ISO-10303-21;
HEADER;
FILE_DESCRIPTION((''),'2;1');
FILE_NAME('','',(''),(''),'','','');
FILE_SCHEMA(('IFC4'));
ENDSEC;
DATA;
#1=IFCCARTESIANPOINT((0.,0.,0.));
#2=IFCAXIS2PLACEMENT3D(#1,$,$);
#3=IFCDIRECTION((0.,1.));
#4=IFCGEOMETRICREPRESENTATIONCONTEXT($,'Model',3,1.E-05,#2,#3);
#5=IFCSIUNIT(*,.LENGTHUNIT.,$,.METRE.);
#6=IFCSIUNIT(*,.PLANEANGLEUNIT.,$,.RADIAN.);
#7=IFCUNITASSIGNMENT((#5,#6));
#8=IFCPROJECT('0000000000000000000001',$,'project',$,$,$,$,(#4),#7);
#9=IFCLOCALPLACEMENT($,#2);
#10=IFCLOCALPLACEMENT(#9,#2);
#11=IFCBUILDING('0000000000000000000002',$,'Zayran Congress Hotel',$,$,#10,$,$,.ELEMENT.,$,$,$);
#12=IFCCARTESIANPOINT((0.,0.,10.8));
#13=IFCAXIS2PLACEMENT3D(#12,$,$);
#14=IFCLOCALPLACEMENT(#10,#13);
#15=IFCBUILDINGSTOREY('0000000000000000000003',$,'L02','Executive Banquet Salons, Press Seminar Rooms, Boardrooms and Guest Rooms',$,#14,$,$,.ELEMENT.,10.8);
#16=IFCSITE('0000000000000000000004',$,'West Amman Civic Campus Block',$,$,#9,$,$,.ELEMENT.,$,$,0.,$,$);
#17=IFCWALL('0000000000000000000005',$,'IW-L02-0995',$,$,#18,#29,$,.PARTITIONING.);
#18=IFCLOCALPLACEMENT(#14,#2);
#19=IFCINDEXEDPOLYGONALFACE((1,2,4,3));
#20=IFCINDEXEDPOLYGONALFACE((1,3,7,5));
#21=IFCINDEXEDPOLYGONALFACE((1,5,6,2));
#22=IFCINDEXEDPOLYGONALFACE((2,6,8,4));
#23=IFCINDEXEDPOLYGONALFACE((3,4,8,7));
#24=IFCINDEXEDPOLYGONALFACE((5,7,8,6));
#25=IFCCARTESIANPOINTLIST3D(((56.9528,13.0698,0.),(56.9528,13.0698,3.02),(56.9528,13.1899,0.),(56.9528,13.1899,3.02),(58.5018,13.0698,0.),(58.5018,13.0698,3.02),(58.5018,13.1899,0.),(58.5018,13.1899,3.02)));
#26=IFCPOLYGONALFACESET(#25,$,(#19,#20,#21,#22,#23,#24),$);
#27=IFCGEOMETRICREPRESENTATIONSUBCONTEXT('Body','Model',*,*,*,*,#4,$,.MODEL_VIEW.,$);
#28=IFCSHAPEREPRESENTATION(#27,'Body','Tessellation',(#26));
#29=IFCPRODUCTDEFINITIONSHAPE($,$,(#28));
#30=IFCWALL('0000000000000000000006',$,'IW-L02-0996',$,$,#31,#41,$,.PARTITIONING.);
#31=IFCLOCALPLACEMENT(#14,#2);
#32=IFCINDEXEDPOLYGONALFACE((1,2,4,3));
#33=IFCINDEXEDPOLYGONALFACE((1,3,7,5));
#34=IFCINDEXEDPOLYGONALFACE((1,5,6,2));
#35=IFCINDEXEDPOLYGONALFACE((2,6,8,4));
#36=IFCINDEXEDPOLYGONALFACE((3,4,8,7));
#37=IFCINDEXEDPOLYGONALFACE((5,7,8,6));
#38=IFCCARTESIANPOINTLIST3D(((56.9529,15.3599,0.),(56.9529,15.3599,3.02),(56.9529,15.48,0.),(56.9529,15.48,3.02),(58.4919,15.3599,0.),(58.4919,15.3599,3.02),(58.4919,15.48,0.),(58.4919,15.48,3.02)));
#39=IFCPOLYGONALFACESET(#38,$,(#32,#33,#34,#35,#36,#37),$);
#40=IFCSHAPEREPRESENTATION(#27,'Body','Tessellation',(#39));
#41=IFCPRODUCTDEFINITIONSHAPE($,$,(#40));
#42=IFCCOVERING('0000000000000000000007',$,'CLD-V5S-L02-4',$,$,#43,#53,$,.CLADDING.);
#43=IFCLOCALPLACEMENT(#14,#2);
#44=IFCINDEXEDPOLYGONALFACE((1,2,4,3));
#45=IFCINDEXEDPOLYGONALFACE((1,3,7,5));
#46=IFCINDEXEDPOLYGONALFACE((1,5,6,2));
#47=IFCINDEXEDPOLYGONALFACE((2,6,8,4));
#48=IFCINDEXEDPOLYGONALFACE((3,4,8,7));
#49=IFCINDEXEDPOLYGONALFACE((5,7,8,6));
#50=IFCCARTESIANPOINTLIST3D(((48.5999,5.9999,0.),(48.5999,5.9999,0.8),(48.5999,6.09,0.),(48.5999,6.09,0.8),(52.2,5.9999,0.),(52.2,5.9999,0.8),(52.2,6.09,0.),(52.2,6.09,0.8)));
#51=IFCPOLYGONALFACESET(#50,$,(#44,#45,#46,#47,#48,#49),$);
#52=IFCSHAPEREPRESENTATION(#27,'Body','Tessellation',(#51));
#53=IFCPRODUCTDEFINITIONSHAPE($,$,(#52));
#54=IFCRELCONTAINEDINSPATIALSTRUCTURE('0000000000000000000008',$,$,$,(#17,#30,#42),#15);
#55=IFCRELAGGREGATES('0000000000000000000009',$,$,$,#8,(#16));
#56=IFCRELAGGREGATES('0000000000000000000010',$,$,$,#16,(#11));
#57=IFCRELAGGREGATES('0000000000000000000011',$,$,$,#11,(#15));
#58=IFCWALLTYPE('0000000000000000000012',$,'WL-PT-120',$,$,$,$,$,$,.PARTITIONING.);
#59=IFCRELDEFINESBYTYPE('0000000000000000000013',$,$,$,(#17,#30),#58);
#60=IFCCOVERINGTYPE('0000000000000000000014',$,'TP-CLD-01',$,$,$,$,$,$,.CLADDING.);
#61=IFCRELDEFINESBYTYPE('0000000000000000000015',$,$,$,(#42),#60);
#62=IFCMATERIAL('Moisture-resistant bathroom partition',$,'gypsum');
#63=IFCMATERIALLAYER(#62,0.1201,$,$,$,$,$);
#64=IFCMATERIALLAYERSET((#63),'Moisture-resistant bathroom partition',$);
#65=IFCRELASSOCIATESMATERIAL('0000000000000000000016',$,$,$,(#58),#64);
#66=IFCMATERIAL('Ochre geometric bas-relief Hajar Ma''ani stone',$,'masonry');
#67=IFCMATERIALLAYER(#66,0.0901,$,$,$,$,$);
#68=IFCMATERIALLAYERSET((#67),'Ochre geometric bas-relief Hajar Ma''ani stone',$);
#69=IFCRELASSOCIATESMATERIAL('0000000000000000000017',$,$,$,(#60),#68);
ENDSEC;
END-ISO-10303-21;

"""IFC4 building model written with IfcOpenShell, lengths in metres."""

from ifc_helpers import new_model, si_unit, direction, frame, frame_2d, origin, origin_2d, place, context, subcontext, project, spatial, rectangle, extrude, material, layer, layer_set, type_object, element, save


model = new_model("IFC4")

# Units and contexts
model_context = context("Model", 3, precision=1e-05, world=origin(), true_north=direction((0.0, 1.0)))
body_context = subcontext(model_context, "Body", "Model", "MODEL_VIEW")
ifc_project = project(units=[si_unit("LENGTHUNIT", "METRE"), si_unit("PLANEANGLEUNIT", "RADIAN")], contexts=[model_context])

# Site, building, storey
site_placement = place(None, origin())
site = spatial("IfcSite", under=ifc_project, at=site_placement, Name="West Amman Civic Campus Block", CompositionType="ELEMENT", RefElevation=0.0)
building_placement = place(site_placement, origin())
building = spatial("IfcBuilding", under=site, at=building_placement, Name="Zayran Congress Hotel", CompositionType="ELEMENT")
storey_placement = place(building_placement, frame((0.0, 0.0, 10.8)))
storey = spatial("IfcBuildingStorey", under=building, at=storey_placement, Name="L02", Description="Executive Banquet Salons, Press Seminar Rooms, Boardrooms and Guest Rooms", CompositionType="ELEMENT", Elevation=10.8)

# Shared definitions
ifc_material_1 = material(Name="Moisture-resistant bathroom partition", Category="gypsum")
ifc_layer_1 = layer(ifc_material_1, 0.1201)
ifc_layer_set_1 = layer_set([ifc_layer_1], Name="Moisture-resistant bathroom partition")
wall_type_1 = type_object("IfcWallType", Name="WL-PT-120", PredefinedType="PARTITIONING", material=ifc_layer_set_1)

# Walls
wall_1_placement = place(storey_placement, frame((56.9529, 13.1299, 0.0), z_axis=(0.0, 0.0, 1.0), x_axis=(1.0, 0.0, 0.0)))
element("IfcWall", 1, at=wall_1_placement, inside=storey, type_object=wall_type_1, Name="IW-L02-0995", PredefinedType="PARTITIONING", context=body_context, shape_type="SweptSolid", body=[
    extrude(rectangle(XDim=1.5491, YDim=0.1201, at=frame_2d((0.7744, 0.0))), origin(), (0.0, 0.0, 1.0), 3.02),
])
wall_2_placement = place(storey_placement, frame((56.9529, 15.4199, 0.0), z_axis=(0.0, 0.0, 1.0), x_axis=(1.0, 0.0, 0.0)))
element("IfcWall", 2, at=wall_2_placement, inside=storey, type_object=wall_type_1, Name="IW-L02-0996", PredefinedType="PARTITIONING", context=body_context, shape_type="SweptSolid", body=[
    extrude(rectangle(XDim=1.5391, YDim=0.1201, at=frame_2d((0.7695, 0.0))), origin(), (0.0, 0.0, 1.0), 3.02),
])

# Covering
ifc_material_2 = material(Name="Ochre geometric bas-relief Hajar Ma'ani stone", Category="masonry")
ifc_layer_2 = layer(ifc_material_2, 0.0901)
ifc_layer_set_2 = layer_set([ifc_layer_2], Name="Ochre geometric bas-relief Hajar Ma'ani stone")
covering_type = type_object("IfcCoveringType", Name="TP-CLD-01", PredefinedType="CLADDING", material=ifc_layer_set_2)
covering_placement = place(storey_placement, frame((50.3999, 6.0449, 0.0), z_axis=(0.0, 0.0, 1.0), x_axis=(1.0, 0.0, 0.0)))
element("IfcCovering", 3, at=covering_placement, inside=storey, type_object=covering_type, Name="CLD-V5S-L02-4", PredefinedType="CLADDING", context=body_context, shape_type="SweptSolid", body=[
    extrude(rectangle(XDim=3.6001, YDim=0.0901, at=origin_2d()), origin(), (0.0, 0.0, 1.0), 0.8),
])

save(model, "model.ifc")
